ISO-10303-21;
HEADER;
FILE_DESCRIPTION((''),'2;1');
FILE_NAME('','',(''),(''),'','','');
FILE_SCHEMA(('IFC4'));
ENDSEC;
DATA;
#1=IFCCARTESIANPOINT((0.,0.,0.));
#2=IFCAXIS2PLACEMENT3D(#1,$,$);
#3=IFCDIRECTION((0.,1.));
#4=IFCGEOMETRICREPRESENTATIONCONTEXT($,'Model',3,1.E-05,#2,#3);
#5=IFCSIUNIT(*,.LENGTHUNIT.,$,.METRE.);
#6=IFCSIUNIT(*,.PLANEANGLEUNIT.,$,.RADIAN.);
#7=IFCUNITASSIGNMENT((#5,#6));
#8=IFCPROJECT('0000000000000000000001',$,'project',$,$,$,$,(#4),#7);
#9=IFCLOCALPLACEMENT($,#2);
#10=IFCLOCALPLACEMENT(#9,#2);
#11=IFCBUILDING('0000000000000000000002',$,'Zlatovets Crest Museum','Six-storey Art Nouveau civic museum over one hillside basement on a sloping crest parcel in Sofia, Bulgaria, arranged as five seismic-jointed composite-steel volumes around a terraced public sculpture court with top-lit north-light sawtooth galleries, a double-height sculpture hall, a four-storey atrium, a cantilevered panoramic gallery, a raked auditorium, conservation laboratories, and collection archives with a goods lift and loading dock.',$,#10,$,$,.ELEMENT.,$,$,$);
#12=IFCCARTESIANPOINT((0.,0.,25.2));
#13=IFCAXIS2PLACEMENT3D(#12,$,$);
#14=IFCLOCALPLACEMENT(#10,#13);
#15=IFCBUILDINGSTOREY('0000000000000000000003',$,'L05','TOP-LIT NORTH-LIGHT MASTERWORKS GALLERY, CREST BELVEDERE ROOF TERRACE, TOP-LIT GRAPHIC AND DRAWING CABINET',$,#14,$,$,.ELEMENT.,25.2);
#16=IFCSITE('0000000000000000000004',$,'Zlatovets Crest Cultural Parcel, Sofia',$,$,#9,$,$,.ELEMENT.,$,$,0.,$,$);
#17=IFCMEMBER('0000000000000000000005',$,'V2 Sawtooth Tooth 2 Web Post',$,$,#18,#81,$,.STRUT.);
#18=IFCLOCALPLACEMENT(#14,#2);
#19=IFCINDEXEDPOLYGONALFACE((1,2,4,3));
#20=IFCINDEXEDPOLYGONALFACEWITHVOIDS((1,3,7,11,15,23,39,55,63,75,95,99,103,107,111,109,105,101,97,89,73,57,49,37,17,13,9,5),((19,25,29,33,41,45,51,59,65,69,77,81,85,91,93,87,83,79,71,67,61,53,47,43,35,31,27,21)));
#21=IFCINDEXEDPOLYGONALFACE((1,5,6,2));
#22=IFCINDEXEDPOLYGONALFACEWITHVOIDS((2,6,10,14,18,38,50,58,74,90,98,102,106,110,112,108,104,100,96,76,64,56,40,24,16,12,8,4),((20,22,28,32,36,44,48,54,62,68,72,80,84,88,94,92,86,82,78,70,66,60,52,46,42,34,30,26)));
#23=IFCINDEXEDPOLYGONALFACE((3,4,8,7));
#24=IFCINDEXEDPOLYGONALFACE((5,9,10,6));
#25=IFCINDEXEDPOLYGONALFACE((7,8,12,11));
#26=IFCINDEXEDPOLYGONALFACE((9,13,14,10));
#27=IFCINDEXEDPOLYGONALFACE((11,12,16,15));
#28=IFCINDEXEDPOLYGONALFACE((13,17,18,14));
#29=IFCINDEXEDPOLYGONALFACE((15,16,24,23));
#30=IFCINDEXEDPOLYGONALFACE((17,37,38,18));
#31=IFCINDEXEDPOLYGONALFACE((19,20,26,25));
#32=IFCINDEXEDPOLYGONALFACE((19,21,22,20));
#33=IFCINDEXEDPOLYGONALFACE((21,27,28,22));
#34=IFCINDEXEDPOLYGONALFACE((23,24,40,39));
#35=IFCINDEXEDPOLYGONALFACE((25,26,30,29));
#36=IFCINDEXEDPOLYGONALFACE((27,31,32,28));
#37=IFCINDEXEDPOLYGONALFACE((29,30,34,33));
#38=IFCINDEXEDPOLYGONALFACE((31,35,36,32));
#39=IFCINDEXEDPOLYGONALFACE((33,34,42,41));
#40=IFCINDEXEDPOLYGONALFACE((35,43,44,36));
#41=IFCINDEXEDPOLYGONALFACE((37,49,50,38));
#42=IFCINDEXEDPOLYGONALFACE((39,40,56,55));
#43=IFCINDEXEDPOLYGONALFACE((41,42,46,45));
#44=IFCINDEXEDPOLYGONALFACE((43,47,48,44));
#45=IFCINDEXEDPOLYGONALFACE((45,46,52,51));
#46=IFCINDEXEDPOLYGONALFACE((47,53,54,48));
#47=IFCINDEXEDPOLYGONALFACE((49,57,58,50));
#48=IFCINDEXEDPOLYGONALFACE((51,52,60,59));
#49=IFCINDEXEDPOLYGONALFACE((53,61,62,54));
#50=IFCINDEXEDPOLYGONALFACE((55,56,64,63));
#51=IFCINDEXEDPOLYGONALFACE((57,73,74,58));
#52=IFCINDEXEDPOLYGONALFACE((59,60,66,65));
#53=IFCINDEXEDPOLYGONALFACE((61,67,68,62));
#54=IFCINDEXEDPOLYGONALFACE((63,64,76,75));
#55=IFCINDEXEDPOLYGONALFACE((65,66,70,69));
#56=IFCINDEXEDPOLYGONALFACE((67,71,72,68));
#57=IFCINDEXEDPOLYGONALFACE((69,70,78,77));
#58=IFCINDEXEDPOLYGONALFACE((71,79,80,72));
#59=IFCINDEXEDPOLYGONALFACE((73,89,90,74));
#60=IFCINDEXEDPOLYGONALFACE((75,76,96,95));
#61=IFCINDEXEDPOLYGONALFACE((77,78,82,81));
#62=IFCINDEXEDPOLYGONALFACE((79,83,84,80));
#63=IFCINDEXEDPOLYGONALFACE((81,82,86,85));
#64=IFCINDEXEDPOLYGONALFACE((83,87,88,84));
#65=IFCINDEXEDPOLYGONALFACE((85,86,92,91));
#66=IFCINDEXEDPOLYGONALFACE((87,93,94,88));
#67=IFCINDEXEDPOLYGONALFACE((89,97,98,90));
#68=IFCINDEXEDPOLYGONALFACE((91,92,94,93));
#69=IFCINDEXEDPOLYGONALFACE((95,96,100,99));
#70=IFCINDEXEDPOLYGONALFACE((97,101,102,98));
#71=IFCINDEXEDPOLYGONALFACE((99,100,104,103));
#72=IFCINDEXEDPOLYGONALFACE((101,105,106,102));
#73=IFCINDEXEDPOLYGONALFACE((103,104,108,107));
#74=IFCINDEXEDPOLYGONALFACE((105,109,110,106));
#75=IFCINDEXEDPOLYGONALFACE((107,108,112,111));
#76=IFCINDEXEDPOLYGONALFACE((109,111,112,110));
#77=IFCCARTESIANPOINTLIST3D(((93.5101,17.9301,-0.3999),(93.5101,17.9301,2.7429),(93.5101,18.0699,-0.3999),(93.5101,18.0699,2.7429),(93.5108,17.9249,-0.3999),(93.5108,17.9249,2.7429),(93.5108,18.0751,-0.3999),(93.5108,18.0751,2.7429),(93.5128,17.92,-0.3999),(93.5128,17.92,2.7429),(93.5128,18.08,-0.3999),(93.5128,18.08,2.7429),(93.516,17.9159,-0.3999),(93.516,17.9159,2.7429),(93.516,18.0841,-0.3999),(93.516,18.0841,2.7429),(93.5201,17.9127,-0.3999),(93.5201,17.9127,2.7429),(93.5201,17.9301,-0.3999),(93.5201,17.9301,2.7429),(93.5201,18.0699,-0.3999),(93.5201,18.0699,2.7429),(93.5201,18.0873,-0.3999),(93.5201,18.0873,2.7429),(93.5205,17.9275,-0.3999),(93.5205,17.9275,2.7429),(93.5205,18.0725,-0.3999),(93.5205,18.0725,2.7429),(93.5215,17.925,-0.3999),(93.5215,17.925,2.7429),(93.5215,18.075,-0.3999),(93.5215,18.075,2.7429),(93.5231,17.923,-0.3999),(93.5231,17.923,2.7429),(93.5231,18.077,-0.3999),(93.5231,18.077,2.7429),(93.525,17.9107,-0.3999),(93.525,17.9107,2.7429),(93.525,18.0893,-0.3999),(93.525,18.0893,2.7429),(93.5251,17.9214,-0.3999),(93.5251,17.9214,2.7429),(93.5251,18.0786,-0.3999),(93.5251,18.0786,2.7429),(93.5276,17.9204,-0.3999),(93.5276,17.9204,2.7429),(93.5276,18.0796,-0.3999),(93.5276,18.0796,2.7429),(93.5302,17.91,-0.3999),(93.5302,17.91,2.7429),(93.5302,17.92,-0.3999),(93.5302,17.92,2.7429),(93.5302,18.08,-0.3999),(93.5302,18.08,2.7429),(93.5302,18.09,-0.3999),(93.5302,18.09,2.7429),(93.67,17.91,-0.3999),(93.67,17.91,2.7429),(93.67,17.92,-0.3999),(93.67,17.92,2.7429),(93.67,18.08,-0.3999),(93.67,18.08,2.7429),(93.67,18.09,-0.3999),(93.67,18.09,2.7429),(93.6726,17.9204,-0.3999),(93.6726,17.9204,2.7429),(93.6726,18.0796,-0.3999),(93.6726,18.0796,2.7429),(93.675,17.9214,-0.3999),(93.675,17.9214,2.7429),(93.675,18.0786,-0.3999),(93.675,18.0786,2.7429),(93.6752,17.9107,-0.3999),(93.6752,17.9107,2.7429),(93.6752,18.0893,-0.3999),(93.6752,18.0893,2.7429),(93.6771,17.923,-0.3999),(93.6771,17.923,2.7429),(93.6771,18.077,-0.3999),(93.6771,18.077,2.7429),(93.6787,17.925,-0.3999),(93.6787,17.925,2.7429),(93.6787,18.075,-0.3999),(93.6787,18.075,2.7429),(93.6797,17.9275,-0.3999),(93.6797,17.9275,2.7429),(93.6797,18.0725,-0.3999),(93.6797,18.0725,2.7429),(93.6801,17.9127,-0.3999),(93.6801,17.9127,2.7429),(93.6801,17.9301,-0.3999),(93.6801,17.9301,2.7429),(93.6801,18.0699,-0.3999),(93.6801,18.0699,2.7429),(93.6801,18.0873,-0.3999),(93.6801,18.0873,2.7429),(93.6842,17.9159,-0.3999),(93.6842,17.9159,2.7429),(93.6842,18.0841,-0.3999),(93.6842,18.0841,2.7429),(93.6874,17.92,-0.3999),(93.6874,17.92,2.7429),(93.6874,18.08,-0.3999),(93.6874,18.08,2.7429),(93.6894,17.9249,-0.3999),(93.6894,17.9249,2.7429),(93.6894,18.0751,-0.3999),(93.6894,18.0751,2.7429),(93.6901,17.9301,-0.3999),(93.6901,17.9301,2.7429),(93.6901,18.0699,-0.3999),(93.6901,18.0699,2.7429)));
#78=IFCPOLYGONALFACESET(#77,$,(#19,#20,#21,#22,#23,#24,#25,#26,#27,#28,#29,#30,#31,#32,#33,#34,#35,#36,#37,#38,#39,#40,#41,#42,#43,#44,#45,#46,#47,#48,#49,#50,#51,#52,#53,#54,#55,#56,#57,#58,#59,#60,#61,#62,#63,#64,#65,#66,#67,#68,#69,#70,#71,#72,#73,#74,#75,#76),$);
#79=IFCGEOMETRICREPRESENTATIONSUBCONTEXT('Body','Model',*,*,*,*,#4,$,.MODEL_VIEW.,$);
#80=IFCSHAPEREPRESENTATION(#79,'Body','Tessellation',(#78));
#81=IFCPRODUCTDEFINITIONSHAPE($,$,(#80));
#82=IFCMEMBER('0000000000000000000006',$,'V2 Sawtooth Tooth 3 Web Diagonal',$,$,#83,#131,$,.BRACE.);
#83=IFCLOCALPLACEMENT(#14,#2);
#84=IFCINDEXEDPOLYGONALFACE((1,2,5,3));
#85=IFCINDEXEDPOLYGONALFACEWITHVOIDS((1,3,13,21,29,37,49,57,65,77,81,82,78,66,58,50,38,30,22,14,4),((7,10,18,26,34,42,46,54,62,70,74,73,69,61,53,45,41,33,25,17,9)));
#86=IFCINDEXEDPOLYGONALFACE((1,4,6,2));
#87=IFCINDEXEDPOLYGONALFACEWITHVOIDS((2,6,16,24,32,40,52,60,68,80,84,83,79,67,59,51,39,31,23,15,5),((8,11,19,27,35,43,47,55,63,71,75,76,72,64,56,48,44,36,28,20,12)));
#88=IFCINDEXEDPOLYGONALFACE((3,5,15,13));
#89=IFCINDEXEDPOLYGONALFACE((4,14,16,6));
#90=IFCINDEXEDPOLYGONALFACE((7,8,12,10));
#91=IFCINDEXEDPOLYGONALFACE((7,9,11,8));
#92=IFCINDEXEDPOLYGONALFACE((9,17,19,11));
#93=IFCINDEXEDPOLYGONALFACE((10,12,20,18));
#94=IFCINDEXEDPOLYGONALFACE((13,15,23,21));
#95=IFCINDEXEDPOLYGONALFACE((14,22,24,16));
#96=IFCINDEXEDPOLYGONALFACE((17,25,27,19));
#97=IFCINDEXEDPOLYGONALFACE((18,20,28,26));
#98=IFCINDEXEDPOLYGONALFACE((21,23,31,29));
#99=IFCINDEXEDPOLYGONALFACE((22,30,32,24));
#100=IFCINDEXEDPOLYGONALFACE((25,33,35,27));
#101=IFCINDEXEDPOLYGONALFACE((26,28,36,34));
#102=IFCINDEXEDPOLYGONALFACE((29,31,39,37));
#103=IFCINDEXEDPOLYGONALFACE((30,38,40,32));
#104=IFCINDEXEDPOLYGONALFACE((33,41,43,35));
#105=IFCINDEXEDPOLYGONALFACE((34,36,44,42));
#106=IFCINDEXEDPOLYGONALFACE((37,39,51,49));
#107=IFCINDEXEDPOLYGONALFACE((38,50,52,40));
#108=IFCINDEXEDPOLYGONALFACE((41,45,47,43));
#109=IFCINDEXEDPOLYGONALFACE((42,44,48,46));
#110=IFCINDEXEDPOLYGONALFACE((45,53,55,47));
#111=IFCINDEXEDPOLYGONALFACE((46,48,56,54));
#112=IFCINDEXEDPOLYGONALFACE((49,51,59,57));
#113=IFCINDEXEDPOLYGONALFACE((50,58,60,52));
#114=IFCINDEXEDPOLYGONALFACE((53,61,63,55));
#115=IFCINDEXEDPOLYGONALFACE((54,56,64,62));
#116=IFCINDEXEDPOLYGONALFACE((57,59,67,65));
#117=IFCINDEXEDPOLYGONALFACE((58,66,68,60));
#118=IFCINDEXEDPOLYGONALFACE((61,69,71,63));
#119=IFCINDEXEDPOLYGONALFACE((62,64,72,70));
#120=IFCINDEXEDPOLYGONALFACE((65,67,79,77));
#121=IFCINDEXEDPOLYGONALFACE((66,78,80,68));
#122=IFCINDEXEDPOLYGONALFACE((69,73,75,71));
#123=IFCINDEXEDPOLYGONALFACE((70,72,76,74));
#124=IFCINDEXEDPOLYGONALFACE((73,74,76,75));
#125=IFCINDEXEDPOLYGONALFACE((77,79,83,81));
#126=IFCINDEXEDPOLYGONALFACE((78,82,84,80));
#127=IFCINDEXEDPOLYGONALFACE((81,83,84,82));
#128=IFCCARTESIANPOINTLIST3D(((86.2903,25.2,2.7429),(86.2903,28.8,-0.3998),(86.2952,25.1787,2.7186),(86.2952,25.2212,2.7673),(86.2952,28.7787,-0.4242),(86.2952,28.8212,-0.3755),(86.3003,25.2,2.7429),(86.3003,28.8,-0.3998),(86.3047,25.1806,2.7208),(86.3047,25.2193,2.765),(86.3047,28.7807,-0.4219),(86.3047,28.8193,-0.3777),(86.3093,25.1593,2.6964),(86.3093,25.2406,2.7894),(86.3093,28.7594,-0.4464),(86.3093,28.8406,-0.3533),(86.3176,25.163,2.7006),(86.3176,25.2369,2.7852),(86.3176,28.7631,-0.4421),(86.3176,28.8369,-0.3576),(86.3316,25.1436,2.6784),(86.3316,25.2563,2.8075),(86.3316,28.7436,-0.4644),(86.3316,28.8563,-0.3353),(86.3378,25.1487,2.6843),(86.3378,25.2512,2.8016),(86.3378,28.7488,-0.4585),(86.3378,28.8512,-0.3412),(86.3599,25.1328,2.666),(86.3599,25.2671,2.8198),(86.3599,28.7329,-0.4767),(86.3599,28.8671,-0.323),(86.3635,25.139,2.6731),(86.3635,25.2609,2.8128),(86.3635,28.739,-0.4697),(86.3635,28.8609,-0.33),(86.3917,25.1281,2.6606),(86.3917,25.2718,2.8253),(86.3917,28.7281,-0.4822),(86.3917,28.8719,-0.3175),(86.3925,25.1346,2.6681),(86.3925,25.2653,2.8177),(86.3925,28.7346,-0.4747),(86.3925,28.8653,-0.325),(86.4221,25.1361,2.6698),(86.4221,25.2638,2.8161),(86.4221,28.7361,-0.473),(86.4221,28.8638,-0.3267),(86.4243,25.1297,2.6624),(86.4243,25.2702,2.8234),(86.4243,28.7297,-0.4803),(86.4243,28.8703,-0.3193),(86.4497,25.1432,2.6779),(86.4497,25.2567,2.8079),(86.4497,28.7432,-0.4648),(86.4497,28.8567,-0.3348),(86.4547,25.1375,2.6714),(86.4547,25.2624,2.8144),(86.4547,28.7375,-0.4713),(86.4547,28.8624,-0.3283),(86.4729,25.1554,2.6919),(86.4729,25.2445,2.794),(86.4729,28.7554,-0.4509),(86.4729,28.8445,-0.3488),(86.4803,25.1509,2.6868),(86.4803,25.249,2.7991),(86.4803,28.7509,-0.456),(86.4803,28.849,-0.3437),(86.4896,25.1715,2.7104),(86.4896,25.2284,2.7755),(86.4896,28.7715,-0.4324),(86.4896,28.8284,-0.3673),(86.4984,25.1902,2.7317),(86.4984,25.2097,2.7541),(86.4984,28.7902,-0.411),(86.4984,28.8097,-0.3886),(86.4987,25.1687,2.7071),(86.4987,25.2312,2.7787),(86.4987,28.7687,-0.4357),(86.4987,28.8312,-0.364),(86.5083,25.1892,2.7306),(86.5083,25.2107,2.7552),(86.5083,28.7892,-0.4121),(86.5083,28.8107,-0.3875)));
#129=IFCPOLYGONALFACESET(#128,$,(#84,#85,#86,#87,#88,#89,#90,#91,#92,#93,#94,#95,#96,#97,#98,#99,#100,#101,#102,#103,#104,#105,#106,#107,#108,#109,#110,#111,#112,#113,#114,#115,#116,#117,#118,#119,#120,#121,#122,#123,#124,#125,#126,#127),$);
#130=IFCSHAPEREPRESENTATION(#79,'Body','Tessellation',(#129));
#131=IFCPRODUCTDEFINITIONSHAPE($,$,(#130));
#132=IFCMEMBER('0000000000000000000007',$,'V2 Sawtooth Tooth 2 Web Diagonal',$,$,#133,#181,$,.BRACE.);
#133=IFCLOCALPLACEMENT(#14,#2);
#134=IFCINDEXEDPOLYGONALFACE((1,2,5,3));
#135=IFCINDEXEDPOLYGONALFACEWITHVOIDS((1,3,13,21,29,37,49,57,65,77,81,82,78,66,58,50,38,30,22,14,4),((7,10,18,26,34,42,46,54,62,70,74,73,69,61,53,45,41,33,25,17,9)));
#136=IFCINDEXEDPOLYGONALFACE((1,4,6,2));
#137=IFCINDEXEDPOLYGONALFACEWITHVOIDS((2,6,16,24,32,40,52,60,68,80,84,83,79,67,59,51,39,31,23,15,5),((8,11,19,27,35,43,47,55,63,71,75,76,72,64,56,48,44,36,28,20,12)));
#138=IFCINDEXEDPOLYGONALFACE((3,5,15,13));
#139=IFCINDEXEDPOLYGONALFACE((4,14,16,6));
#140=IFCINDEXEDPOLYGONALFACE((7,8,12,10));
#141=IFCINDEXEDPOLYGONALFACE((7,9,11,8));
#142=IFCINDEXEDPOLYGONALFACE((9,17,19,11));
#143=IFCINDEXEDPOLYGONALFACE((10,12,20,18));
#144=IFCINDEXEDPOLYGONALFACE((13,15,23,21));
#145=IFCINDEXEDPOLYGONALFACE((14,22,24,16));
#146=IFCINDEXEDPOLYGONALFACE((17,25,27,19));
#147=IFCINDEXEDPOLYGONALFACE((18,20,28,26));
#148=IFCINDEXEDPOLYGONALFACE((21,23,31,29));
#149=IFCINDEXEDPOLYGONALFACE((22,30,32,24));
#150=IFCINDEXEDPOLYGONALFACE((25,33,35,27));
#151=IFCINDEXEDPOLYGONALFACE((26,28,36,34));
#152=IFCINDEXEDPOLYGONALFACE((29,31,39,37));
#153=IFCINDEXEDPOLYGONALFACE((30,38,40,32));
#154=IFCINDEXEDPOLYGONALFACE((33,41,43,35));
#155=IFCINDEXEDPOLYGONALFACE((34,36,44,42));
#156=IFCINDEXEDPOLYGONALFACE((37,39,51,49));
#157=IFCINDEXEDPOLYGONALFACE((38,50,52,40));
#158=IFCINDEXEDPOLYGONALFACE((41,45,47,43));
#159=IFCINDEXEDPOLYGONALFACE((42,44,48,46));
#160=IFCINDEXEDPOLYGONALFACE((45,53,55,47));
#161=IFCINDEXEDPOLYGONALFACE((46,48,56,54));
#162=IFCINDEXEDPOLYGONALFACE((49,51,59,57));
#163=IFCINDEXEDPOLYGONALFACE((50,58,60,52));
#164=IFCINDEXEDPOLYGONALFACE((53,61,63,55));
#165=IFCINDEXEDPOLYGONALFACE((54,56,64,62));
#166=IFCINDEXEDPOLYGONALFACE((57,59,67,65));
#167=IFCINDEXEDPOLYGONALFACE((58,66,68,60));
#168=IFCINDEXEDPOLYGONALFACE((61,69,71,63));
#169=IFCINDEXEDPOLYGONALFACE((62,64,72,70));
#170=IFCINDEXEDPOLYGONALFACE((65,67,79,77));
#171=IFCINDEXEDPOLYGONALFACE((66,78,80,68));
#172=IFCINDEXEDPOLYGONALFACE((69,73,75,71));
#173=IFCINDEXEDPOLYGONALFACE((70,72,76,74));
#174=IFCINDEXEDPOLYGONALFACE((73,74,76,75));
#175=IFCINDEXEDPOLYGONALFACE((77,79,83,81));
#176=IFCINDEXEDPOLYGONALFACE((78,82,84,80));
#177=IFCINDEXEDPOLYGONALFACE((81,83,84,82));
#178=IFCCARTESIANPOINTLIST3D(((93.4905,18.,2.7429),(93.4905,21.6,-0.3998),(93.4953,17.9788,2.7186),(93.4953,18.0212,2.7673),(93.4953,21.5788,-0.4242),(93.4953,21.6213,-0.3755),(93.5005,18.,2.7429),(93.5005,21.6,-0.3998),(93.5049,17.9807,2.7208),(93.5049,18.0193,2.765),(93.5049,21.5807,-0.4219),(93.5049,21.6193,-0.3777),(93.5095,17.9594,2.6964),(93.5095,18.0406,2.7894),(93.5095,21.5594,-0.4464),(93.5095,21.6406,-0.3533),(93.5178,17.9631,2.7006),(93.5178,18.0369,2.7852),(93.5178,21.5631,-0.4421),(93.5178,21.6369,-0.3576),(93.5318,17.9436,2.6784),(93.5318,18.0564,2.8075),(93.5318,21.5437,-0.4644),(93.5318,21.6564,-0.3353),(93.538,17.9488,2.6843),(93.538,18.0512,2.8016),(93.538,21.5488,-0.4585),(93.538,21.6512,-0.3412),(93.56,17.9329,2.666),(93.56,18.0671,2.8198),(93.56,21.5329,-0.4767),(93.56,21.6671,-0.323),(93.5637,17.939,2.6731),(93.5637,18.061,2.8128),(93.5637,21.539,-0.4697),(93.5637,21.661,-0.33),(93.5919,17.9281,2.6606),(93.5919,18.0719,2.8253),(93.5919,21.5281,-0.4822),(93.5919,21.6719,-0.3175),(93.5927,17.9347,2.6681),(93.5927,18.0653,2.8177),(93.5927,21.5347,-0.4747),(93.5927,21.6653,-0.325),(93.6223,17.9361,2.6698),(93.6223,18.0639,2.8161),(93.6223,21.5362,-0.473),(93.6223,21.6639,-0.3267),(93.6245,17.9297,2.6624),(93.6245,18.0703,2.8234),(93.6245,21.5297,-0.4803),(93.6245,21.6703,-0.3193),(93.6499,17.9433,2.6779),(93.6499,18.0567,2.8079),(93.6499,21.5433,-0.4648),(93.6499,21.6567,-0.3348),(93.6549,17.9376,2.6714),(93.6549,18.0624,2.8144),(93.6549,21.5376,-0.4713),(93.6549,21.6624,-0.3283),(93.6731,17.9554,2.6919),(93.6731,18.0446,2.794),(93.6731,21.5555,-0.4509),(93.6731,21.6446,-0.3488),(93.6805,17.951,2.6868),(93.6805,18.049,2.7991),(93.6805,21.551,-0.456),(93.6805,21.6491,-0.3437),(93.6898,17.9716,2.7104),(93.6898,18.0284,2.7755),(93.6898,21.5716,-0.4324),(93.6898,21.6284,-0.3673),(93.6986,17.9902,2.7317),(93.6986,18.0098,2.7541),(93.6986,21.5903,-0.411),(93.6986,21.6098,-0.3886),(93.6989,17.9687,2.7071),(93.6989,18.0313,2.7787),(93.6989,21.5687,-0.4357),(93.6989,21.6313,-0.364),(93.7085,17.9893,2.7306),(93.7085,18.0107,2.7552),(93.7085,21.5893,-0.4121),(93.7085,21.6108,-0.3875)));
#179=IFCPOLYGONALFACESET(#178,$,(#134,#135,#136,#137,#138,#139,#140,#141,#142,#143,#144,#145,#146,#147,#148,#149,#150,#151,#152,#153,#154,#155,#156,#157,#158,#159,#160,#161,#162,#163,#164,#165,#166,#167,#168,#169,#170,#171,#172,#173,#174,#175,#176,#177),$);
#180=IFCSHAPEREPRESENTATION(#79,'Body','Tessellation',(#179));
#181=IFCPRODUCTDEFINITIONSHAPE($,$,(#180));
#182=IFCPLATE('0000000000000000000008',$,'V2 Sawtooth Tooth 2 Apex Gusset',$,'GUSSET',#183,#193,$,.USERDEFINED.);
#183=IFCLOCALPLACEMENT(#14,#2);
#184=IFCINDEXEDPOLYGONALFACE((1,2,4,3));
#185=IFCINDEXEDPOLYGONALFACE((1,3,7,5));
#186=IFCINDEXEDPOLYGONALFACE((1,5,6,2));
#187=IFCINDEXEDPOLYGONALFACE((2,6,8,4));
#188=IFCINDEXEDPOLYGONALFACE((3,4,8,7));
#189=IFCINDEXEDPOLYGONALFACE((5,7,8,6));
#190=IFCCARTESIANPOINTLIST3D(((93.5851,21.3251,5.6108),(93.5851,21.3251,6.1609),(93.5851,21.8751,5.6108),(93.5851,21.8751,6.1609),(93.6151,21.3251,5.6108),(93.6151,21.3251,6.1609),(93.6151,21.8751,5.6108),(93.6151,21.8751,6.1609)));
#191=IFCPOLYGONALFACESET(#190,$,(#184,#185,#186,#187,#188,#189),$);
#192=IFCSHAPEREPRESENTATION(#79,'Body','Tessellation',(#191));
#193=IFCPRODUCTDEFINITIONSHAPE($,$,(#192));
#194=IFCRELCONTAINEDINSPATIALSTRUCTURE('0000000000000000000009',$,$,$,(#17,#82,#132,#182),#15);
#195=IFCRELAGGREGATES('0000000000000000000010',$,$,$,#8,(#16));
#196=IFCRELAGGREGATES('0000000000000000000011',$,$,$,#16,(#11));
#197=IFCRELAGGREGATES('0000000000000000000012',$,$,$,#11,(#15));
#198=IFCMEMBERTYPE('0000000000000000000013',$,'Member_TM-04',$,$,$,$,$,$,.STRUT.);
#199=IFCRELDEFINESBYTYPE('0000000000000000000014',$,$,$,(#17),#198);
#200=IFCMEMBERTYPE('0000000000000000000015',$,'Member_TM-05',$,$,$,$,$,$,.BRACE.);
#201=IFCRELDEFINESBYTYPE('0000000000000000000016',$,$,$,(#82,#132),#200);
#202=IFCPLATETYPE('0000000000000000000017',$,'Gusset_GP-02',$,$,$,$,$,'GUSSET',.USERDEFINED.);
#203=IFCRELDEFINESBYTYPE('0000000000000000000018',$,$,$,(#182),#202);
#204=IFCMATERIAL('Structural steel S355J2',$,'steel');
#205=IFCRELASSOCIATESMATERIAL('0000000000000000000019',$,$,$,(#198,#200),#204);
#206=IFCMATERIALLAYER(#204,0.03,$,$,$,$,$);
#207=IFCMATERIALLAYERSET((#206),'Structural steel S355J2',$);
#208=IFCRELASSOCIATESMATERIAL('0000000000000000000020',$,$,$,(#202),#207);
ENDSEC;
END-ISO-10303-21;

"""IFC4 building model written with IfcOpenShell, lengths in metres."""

from ifc_helpers import new_model, si_unit, direction, frame, origin, origin_2d, place, context, subcontext, project, spatial, rectangle, hollow_rectangle, hollow_circle, extrude, material, layer, layer_set, material_profile, profile_set, type_object, element, save


model = new_model("IFC4")

# Units and contexts
model_context = context("Model", 3, precision=1e-05, world=origin(), true_north=direction((0.0, 1.0)))
body_context = subcontext(model_context, "Body", "Model", "MODEL_VIEW")
ifc_project = project(units=[si_unit("LENGTHUNIT", "METRE"), si_unit("PLANEANGLEUNIT", "RADIAN")], contexts=[model_context])

# Site, building, storey
site_placement = place(None, origin())
site = spatial("IfcSite", under=ifc_project, at=site_placement, Name="Zlatovets Crest Cultural Parcel, Sofia", CompositionType="ELEMENT", RefElevation=0.0)
building_placement = place(site_placement, origin())
building = spatial("IfcBuilding", under=site, at=building_placement, Name="Zlatovets Crest Museum", Description="Six-storey Art Nouveau civic museum over one hillside basement on a sloping crest parcel in Sofia, Bulgaria, arranged as five seismic-jointed composite-steel volumes around a terraced public sculpture court with top-lit north-light sawtooth galleries, a double-height sculpture hall, a four-storey atrium, a cantilevered panoramic gallery, a raked auditorium, conservation laboratories, and collection archives with a goods lift and loading dock.", CompositionType="ELEMENT")
storey_placement = place(building_placement, frame((0.0, 0.0, 25.2)))
storey = spatial("IfcBuildingStorey", under=building, at=storey_placement, Name="L05", Description="TOP-LIT NORTH-LIGHT MASTERWORKS GALLERY, CREST BELVEDERE ROOF TERRACE, TOP-LIT GRAPHIC AND DRAWING CABINET", CompositionType="ELEMENT", Elevation=25.2)

# Shared definitions
ifc_material_1 = material(Name="Structural steel S355J2", Category="steel")

# Members
ifc_material_profile_1 = material_profile(ifc_material_1, hollow_rectangle(XDim=0.1799, YDim=0.1799, WallThickness=0.01, InnerFilletRadius=0.01, OuterFilletRadius=0.02, at=origin_2d()), Name="SHS 180x180x10.0")
ifc_profile_set_1 = profile_set([ifc_material_profile_1], Name="Structural steel S355J2")
member_type_1 = type_object("IfcMemberType", Name="Member_TM-04", PredefinedType="STRUT", material=ifc_profile_set_1)
for number, where, z_axis, x_axis, name in (
    (1, (93.6001, 18.0, -0.3999), (0.0, 0.0, 1.0), (1.0, 0.0, 0.0), "V2 Sawtooth Tooth 2 Web Post"),
):
    element("IfcMember", number, at=place(storey_placement, frame(where, z_axis=z_axis, x_axis=x_axis)), inside=storey, type_object=member_type_1, Name=name, PredefinedType="STRUT", context=body_context, shape_type="SweptSolid", body=[
        extrude(hollow_rectangle(XDim=0.1799, YDim=0.1799, WallThickness=0.01, InnerFilletRadius=0.01, OuterFilletRadius=0.02, at=origin_2d()), origin(), (0.0, 0.0, 1.0), 3.1428),
    ])
ifc_material_profile_2 = material_profile(ifc_material_1, hollow_circle(Radius=0.1096, WallThickness=0.01, at=origin_2d()), Name="CHS 219.1x10.0")
ifc_profile_set_2 = profile_set([ifc_material_profile_2], Name="Structural steel S355J2")
member_type_2 = type_object("IfcMemberType", Name="Member_TM-05", PredefinedType="BRACE", material=ifc_profile_set_2)
for number, where, z_axis, x_axis, name in (
    (2, (86.3999, 25.2, 2.7429), (0.0, 0.753329, -0.657643), (-1.0, 0.0, 0.0), "V2 Sawtooth Tooth 3 Web Diagonal"),
    (3, (93.6001, 18.0, 2.7429), (0.0, 0.753329, -0.657643), (-1.0, 0.0, 0.0), "V2 Sawtooth Tooth 2 Web Diagonal"),
):
    element("IfcMember", number, at=place(storey_placement, frame(where, z_axis=z_axis, x_axis=x_axis)), inside=storey, type_object=member_type_2, Name=name, PredefinedType="BRACE", context=body_context, shape_type="SweptSolid", body=[
        extrude(hollow_circle(Radius=0.1096, WallThickness=0.01, at=origin_2d()), origin(), (0.0, 0.0, 1.0), 4.7788),
    ])

# Plate
ifc_layer_1 = layer(ifc_material_1, 0.03)
ifc_layer_set_1 = layer_set([ifc_layer_1], Name="Structural steel S355J2")
plate_type = type_object("IfcPlateType", Name="Gusset_GP-02", ElementType="GUSSET", PredefinedType="USERDEFINED", material=ifc_layer_set_1)
plate_placement = place(storey_placement, frame((93.6001, 21.6001, 5.6108), z_axis=(0.0, 0.0, 1.0), x_axis=(1.0, 0.0, 0.0)))
element("IfcPlate", 4, at=plate_placement, inside=storey, type_object=plate_type, Name="V2 Sawtooth Tooth 2 Apex Gusset", ObjectType="GUSSET", PredefinedType="USERDEFINED", context=body_context, shape_type="SweptSolid", body=[
    extrude(rectangle(XDim=0.03, YDim=0.55, at=origin_2d()), origin(), (0.0, 0.0, 1.0), 0.55),
])

save(model, "model.ifc")
